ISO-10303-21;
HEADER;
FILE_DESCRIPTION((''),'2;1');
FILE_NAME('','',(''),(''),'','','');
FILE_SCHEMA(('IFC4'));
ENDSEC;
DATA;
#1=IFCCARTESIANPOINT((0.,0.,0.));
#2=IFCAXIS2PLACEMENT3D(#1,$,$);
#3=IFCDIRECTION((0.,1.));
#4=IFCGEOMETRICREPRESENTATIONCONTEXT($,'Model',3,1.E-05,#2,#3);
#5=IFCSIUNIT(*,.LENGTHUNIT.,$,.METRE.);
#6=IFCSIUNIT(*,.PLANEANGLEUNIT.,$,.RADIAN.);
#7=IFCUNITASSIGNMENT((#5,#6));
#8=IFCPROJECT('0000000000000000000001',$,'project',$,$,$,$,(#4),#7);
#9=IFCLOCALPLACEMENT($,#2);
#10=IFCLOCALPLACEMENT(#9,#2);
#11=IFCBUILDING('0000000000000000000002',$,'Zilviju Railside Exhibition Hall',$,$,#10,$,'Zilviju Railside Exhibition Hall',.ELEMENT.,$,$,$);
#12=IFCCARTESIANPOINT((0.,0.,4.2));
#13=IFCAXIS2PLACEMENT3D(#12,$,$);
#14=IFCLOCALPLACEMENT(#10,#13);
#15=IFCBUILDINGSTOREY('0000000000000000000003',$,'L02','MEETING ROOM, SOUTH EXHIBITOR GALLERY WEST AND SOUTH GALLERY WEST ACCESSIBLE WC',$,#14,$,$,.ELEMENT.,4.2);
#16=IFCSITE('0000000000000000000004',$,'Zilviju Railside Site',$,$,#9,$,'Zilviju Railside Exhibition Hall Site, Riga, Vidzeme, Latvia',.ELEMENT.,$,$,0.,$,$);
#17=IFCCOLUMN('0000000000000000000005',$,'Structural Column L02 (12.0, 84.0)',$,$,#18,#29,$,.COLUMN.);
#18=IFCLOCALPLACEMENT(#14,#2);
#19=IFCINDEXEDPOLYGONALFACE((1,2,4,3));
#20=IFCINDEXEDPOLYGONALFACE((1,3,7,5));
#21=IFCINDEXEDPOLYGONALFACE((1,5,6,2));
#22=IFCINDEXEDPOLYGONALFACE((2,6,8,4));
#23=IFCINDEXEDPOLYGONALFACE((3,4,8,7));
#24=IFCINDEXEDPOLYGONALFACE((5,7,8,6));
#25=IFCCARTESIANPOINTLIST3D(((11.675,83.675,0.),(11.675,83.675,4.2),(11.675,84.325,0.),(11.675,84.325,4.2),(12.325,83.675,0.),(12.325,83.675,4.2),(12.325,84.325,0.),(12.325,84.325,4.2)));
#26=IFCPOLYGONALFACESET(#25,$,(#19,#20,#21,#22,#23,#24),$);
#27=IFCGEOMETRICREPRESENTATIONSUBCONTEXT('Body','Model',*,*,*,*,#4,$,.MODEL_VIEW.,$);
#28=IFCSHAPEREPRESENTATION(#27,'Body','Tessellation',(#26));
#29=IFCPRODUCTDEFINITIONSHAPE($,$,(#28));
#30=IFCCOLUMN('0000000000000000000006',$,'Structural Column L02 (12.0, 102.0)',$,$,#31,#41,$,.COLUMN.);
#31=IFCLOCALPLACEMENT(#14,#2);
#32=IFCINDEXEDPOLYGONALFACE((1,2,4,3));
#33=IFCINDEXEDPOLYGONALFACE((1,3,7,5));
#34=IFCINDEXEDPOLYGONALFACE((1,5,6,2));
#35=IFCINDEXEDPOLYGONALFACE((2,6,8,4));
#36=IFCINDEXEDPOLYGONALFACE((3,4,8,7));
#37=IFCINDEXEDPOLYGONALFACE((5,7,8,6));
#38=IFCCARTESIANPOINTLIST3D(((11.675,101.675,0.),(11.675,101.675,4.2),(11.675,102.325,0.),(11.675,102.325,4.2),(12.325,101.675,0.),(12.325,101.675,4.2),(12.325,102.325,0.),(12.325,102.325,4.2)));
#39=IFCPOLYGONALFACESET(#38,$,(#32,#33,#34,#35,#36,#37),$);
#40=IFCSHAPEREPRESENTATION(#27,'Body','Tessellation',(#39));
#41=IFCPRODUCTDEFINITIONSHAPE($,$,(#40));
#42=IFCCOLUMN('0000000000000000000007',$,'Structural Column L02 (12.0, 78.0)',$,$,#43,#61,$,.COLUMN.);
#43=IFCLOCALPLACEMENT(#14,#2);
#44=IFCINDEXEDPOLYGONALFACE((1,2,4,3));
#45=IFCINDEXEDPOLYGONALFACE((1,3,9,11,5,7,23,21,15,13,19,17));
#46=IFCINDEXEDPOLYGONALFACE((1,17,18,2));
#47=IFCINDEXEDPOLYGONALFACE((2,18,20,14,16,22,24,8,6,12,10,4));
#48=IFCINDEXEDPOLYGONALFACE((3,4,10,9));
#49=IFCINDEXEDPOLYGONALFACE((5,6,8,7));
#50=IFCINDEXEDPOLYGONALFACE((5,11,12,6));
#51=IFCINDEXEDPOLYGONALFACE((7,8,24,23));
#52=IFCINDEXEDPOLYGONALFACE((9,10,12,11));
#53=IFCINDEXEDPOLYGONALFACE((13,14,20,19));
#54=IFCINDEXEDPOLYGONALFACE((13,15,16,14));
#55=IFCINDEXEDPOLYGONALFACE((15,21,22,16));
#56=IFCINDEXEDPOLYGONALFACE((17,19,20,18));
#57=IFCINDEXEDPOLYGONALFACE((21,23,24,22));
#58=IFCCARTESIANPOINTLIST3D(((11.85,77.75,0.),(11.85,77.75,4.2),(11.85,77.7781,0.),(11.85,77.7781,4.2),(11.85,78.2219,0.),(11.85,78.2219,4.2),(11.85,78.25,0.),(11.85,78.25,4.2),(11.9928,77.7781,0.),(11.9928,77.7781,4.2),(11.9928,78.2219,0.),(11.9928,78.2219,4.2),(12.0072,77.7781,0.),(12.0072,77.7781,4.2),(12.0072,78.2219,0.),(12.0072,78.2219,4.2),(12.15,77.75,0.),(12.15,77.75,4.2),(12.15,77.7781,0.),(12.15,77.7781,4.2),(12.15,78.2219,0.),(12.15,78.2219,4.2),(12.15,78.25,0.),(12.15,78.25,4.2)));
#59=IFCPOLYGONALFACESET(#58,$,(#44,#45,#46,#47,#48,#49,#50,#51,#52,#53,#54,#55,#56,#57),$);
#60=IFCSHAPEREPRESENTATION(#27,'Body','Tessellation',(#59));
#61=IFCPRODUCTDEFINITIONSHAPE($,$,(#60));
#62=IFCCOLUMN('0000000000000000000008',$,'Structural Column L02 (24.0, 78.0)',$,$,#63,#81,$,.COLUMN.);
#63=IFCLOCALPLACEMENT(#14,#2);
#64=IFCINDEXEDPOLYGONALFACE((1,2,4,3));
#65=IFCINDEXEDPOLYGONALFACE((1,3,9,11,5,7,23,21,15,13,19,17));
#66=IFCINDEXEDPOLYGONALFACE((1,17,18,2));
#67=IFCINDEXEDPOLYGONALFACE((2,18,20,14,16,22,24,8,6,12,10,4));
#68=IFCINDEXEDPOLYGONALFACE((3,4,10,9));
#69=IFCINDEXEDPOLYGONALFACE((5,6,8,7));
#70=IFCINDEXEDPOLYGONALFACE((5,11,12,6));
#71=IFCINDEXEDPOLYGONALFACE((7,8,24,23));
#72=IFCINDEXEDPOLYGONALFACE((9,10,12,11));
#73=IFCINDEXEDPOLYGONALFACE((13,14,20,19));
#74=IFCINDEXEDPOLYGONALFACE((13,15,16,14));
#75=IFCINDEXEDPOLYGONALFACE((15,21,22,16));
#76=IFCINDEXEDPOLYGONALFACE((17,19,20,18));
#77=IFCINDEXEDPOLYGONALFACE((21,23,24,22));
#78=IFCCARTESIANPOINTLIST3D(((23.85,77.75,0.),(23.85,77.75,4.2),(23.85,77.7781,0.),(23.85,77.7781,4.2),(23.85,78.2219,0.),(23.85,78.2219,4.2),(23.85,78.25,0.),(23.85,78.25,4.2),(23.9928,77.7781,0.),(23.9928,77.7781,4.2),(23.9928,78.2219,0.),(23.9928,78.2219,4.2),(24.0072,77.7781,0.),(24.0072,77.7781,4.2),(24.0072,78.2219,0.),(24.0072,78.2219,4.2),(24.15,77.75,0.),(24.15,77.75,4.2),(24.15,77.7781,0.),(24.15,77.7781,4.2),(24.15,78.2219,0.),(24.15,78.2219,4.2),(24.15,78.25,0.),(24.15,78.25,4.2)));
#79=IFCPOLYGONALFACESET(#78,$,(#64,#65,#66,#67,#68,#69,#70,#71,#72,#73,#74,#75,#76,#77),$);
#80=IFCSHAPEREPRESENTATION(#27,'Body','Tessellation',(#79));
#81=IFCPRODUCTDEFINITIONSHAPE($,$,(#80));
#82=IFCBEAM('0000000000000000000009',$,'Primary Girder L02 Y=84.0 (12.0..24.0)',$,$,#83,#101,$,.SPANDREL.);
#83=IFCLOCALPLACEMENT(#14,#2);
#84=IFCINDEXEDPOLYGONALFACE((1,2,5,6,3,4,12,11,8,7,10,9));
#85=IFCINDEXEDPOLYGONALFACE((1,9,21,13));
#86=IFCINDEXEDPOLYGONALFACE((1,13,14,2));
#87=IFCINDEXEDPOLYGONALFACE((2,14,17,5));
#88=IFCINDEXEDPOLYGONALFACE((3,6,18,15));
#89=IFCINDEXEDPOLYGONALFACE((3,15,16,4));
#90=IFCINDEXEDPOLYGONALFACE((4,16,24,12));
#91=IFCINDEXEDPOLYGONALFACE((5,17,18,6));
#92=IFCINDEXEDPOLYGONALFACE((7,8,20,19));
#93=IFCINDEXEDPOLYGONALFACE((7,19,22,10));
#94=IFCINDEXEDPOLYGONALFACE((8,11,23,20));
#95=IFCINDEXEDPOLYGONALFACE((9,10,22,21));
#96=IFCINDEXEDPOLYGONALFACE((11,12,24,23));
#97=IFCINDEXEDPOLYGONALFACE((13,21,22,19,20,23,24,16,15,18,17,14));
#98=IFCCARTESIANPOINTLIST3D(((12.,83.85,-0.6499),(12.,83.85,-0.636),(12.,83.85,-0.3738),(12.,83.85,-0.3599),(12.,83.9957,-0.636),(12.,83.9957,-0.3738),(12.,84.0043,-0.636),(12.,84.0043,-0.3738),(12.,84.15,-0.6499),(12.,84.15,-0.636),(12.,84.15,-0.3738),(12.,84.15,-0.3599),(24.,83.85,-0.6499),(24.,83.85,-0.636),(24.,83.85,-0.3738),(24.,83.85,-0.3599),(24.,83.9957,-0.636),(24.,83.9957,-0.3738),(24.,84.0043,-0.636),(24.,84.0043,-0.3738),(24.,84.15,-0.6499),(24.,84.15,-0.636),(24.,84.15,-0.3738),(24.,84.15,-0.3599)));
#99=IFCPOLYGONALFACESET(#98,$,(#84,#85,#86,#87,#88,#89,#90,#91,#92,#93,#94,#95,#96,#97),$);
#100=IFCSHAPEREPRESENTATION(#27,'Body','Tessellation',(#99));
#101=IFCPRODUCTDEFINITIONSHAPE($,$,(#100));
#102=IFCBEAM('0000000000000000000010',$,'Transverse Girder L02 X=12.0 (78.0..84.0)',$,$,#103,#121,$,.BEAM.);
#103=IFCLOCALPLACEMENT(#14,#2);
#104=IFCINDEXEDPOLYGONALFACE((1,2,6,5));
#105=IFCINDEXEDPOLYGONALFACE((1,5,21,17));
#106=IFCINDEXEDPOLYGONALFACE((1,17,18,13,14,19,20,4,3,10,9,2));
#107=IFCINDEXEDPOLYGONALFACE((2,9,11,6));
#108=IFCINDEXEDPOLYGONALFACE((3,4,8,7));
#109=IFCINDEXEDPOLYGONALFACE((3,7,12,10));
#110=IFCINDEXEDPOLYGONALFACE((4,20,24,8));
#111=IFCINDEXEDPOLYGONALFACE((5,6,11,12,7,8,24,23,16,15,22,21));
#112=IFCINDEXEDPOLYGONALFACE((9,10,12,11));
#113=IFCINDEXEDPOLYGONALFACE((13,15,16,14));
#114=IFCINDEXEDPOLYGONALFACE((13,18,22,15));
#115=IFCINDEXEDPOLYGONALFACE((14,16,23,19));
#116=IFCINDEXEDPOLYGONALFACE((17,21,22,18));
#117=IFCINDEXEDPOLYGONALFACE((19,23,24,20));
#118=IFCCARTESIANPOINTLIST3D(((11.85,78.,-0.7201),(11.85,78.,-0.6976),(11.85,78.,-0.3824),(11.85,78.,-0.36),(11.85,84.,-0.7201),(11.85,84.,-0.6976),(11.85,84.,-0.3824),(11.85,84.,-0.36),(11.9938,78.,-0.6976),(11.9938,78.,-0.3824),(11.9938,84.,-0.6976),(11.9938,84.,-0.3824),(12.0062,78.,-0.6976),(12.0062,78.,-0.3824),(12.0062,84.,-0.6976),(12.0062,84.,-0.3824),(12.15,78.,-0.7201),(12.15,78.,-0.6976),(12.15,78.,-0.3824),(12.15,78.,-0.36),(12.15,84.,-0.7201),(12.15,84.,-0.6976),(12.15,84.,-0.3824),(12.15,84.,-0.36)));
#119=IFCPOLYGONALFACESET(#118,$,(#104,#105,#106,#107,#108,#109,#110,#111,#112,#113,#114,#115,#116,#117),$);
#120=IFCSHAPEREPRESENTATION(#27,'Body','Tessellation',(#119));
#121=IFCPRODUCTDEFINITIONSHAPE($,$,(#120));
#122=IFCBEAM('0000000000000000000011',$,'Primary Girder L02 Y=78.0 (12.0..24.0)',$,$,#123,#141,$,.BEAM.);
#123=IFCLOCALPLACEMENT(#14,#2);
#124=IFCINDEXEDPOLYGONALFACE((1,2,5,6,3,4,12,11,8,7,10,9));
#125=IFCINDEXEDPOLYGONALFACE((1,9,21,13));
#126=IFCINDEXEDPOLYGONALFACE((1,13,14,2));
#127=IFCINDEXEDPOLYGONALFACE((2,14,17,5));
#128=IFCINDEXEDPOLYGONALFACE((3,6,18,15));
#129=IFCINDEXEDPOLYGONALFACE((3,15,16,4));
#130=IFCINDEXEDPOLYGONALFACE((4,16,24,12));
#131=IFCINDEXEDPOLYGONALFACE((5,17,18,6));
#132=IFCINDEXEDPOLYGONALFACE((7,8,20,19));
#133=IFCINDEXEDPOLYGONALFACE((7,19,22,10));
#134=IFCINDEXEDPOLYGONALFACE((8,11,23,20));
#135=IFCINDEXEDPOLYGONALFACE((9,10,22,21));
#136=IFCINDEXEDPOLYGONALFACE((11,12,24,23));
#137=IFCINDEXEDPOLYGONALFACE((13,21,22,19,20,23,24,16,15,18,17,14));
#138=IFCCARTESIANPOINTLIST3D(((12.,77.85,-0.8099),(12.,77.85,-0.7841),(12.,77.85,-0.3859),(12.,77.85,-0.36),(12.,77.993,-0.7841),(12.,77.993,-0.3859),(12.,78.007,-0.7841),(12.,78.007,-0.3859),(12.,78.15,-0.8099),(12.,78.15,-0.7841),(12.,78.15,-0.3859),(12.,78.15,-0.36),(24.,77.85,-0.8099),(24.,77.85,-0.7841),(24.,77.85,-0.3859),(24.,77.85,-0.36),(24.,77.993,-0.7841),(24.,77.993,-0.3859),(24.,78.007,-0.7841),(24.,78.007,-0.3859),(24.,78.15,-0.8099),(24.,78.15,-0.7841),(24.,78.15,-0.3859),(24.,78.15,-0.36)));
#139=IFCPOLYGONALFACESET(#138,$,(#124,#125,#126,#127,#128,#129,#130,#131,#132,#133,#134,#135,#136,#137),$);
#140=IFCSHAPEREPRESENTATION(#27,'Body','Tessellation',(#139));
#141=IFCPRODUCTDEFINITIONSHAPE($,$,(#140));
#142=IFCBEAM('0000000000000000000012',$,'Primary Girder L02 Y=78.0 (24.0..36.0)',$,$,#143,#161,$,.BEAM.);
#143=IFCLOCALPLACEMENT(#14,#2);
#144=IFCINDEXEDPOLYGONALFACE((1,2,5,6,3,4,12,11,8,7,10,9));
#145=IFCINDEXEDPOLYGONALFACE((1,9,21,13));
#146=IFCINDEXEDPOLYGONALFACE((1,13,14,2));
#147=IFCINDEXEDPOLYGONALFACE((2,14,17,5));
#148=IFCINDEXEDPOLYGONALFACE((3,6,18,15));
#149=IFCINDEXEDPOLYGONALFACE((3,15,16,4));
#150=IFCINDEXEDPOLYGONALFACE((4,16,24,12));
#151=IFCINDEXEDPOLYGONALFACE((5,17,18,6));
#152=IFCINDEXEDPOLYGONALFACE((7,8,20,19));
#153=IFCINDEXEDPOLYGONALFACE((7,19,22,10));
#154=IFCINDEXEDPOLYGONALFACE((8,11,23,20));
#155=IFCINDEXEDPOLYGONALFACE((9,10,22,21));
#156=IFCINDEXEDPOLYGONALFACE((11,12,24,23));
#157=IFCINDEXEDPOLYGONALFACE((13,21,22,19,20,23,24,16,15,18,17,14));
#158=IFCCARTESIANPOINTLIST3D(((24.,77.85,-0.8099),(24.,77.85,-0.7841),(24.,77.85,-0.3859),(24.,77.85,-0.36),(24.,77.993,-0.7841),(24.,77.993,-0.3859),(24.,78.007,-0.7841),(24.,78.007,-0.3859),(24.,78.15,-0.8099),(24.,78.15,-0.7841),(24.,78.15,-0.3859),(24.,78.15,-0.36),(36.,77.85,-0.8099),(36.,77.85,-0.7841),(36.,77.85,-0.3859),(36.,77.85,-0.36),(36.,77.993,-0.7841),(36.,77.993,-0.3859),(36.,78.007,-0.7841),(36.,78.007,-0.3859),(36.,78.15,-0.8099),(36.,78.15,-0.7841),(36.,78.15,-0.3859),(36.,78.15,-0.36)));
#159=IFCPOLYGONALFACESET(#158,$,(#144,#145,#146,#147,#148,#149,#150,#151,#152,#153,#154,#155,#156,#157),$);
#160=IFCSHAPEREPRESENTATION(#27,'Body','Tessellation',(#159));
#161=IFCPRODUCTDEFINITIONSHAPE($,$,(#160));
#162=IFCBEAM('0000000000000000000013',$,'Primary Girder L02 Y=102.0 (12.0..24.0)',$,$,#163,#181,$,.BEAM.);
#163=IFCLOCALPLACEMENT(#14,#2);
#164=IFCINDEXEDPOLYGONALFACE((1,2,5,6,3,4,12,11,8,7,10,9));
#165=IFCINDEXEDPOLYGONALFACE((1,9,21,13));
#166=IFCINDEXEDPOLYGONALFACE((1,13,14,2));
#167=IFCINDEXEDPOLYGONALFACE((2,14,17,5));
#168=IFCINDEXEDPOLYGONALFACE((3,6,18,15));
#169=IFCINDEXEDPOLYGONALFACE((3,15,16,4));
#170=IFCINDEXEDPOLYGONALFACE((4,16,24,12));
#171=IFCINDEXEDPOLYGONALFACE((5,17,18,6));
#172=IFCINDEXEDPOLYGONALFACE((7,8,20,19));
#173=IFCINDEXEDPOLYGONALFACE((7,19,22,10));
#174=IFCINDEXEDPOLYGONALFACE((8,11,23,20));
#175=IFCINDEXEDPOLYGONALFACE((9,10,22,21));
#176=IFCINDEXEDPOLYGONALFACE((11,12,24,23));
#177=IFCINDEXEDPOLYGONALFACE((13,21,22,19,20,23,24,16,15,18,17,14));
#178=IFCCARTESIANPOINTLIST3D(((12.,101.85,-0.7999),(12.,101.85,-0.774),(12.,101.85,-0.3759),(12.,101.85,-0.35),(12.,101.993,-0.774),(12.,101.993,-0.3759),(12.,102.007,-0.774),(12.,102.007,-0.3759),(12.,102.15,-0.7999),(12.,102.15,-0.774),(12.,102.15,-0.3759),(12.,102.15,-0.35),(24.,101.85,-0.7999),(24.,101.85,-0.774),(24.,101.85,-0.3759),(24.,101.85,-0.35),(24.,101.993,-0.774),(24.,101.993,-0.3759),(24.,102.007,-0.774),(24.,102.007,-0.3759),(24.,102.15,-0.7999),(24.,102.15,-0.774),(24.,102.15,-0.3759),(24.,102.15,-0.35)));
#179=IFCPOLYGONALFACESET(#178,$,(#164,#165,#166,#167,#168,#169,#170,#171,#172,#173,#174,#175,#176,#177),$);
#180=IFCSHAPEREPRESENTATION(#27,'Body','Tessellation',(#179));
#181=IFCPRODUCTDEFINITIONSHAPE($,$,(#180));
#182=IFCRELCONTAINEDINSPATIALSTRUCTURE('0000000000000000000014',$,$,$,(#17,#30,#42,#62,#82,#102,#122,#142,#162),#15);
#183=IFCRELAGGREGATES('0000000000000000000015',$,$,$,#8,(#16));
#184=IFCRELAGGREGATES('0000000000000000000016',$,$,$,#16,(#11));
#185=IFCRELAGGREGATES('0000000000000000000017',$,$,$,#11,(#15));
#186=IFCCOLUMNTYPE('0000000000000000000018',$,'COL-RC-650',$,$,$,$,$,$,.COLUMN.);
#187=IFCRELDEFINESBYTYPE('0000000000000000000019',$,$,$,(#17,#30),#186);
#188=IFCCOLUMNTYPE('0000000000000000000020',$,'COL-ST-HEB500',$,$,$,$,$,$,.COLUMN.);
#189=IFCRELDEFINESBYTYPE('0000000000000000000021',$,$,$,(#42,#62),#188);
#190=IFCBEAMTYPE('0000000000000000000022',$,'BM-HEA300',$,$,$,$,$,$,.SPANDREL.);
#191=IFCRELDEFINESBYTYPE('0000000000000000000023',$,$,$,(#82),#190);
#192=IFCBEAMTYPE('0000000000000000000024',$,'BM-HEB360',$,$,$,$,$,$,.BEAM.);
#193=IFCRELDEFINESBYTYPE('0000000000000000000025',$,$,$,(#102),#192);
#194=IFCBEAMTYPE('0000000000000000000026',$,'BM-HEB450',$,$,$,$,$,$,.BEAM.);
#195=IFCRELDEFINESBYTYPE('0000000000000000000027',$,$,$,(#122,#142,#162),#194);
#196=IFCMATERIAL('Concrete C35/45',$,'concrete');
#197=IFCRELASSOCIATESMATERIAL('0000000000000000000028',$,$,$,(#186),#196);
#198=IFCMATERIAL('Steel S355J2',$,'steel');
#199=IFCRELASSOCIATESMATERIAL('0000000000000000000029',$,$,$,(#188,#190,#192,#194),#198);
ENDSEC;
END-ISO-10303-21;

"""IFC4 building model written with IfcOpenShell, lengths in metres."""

from ifc_helpers import new_model, si_unit, direction, frame, origin, origin_2d, place, context, subcontext, project, spatial, rectangle, i_section, extrude, material, material_profile, profile_set, type_object, element, save


model = new_model("IFC4")

# Units and contexts
model_context = context("Model", 3, precision=1e-05, world=origin(), true_north=direction((0.0, 1.0)))
body_context = subcontext(model_context, "Body", "Model", "MODEL_VIEW")
ifc_project = project(units=[si_unit("LENGTHUNIT", "METRE"), si_unit("PLANEANGLEUNIT", "RADIAN")], contexts=[model_context])

# Site, building, storey
site_placement = place(None, origin())
site = spatial("IfcSite", under=ifc_project, at=site_placement, Name="Zilviju Railside Site", LongName="Zilviju Railside Exhibition Hall Site, Riga, Vidzeme, Latvia", CompositionType="ELEMENT", RefElevation=0.0)
building_placement = place(site_placement, origin())
building = spatial("IfcBuilding", under=site, at=building_placement, Name="Zilviju Railside Exhibition Hall", LongName="Zilviju Railside Exhibition Hall", CompositionType="ELEMENT")
storey_placement = place(building_placement, frame((0.0, 0.0, 4.2)))
storey = spatial("IfcBuildingStorey", under=building, at=storey_placement, Name="L02", Description="MEETING ROOM, SOUTH EXHIBITOR GALLERY WEST AND SOUTH GALLERY WEST ACCESSIBLE WC", CompositionType="ELEMENT", Elevation=4.2)

# Columns
ifc_material_1 = material(Name="Concrete C35/45", Category="concrete")
ifc_material_profile_1 = material_profile(ifc_material_1, rectangle(XDim=0.6499, YDim=0.6499, at=origin_2d()), Name="RC COL 650x650")
ifc_profile_set_1 = profile_set([ifc_material_profile_1], Name="Concrete C35/45")
column_type_1 = type_object("IfcColumnType", Name="COL-RC-650", PredefinedType="COLUMN", material=ifc_profile_set_1)
for number, where, z_axis, x_axis, name in (
    (1, (12.0, 84.0, 0.0), (0.0, 0.0, 1.0), (1.0, 0.0, 0.0), "Structural Column L02 (12.0, 84.0)"),
    (2, (12.0, 102.0, 0.0), (0.0, 0.0, 1.0), (1.0, 0.0, 0.0), "Structural Column L02 (12.0, 102.0)"),
):
    element("IfcColumn", number, at=place(storey_placement, frame(where, z_axis=z_axis, x_axis=x_axis)), inside=storey, type_object=column_type_1, Name=name, PredefinedType="COLUMN", context=body_context, shape_type="SweptSolid", body=[
        extrude(rectangle(XDim=0.6499, YDim=0.6499, at=origin_2d()), origin(), (0.0, 0.0, 1.0), 4.2),
    ])
ifc_material_2 = material(Name="Steel S355J2", Category="steel")
ifc_material_profile_2 = material_profile(ifc_material_2, i_section(OverallWidth=0.3, OverallDepth=0.5, WebThickness=0.0144, FlangeThickness=0.0281, at=origin_2d()), Name="HEB 500")
ifc_profile_set_2 = profile_set([ifc_material_profile_2], Name="Steel S355J2")
column_type_2 = type_object("IfcColumnType", Name="COL-ST-HEB500", PredefinedType="COLUMN", material=ifc_profile_set_2)
for number, where, z_axis, x_axis, name in (
    (3, (12.0, 78.0, 0.0), (0.0, 0.0, 1.0), (1.0, 0.0, 0.0), "Structural Column L02 (12.0, 78.0)"),
    (4, (24.0, 78.0, 0.0), (0.0, 0.0, 1.0), (1.0, 0.0, 0.0), "Structural Column L02 (24.0, 78.0)"),
):
    element("IfcColumn", number, at=place(storey_placement, frame(where, z_axis=z_axis, x_axis=x_axis)), inside=storey, type_object=column_type_2, Name=name, PredefinedType="COLUMN", context=body_context, shape_type="SweptSolid", body=[
        extrude(i_section(OverallWidth=0.3, OverallDepth=0.5, WebThickness=0.0144, FlangeThickness=0.0281, at=origin_2d()), origin(), (0.0, 0.0, 1.0), 4.2),
    ])

# Beams
ifc_material_profile_3 = material_profile(ifc_material_2, i_section(OverallWidth=0.3, OverallDepth=0.29, WebThickness=0.0085, FlangeThickness=0.0139, at=origin_2d()), Name="HEA 300")
ifc_profile_set_3 = profile_set([ifc_material_profile_3], Name="Steel S355J2")
beam_type_1 = type_object("IfcBeamType", Name="BM-HEA300", PredefinedType="SPANDREL", material=ifc_profile_set_3)
beam_1_placement = place(storey_placement, frame((12.0, 84.0, -0.5049), z_axis=(1.0, 0.0, 0.0), x_axis=(0.0, 1.0, 0.0)))
element("IfcBeam", 5, at=beam_1_placement, inside=storey, type_object=beam_type_1, Name="Primary Girder L02 Y=84.0 (12.0..24.0)", PredefinedType="SPANDREL", context=body_context, shape_type="SweptSolid", body=[
    extrude(i_section(OverallWidth=0.3, OverallDepth=0.29, WebThickness=0.0085, FlangeThickness=0.0139, at=origin_2d()), origin(), (0.0, 0.0, 1.0), 12.0),
])
ifc_material_profile_4 = material_profile(ifc_material_2, i_section(OverallWidth=0.3, OverallDepth=0.3601, WebThickness=0.0125, FlangeThickness=0.0225, at=origin_2d()), Name="HEB 360")
ifc_profile_set_4 = profile_set([ifc_material_profile_4], Name="Steel S355J2")
beam_type_2 = type_object("IfcBeamType", Name="BM-HEB360", PredefinedType="BEAM", material=ifc_profile_set_4)
beam_2_placement = place(storey_placement, frame((12.0, 78.0, -0.54), z_axis=(0.0, 1.0, 0.0), x_axis=(-1.0, 0.0, 0.0)))
element("IfcBeam", 6, at=beam_2_placement, inside=storey, type_object=beam_type_2, Name="Transverse Girder L02 X=12.0 (78.0..84.0)", PredefinedType="BEAM", context=body_context, shape_type="SweptSolid", body=[
    extrude(i_section(OverallWidth=0.3, OverallDepth=0.3601, WebThickness=0.0125, FlangeThickness=0.0225, at=origin_2d()), origin(), (0.0, 0.0, 1.0), 6.0),
])
ifc_material_profile_5 = material_profile(ifc_material_2, i_section(OverallWidth=0.3, OverallDepth=0.45, WebThickness=0.0139, FlangeThickness=0.0259, at=origin_2d()), Name="HEB 450")
ifc_profile_set_5 = profile_set([ifc_material_profile_5], Name="Steel S355J2")
beam_type_3 = type_object("IfcBeamType", Name="BM-HEB450", PredefinedType="BEAM", material=ifc_profile_set_5)
for number, where, z_axis, x_axis, name in (
    (7, (12.0, 78.0, -0.585), (1.0, 0.0, 0.0), (0.0, 1.0, 0.0), "Primary Girder L02 Y=78.0 (12.0..24.0)"),
    (8, (24.0, 78.0, -0.585), (1.0, 0.0, 0.0), (0.0, 1.0, 0.0), "Primary Girder L02 Y=78.0 (24.0..36.0)"),
    (9, (12.0, 102.0, -0.575), (1.0, 0.0, 0.0), (0.0, 1.0, 0.0), "Primary Girder L02 Y=102.0 (12.0..24.0)"),
):
    element("IfcBeam", number, at=place(storey_placement, frame(where, z_axis=z_axis, x_axis=x_axis)), inside=storey, type_object=beam_type_3, Name=name, PredefinedType="BEAM", context=body_context, shape_type="SweptSolid", body=[
        extrude(i_section(OverallWidth=0.3, OverallDepth=0.45, WebThickness=0.0139, FlangeThickness=0.0259, at=origin_2d()), origin(), (0.0, 0.0, 1.0), 12.0),
    ])

save(model, "model.ifc")
